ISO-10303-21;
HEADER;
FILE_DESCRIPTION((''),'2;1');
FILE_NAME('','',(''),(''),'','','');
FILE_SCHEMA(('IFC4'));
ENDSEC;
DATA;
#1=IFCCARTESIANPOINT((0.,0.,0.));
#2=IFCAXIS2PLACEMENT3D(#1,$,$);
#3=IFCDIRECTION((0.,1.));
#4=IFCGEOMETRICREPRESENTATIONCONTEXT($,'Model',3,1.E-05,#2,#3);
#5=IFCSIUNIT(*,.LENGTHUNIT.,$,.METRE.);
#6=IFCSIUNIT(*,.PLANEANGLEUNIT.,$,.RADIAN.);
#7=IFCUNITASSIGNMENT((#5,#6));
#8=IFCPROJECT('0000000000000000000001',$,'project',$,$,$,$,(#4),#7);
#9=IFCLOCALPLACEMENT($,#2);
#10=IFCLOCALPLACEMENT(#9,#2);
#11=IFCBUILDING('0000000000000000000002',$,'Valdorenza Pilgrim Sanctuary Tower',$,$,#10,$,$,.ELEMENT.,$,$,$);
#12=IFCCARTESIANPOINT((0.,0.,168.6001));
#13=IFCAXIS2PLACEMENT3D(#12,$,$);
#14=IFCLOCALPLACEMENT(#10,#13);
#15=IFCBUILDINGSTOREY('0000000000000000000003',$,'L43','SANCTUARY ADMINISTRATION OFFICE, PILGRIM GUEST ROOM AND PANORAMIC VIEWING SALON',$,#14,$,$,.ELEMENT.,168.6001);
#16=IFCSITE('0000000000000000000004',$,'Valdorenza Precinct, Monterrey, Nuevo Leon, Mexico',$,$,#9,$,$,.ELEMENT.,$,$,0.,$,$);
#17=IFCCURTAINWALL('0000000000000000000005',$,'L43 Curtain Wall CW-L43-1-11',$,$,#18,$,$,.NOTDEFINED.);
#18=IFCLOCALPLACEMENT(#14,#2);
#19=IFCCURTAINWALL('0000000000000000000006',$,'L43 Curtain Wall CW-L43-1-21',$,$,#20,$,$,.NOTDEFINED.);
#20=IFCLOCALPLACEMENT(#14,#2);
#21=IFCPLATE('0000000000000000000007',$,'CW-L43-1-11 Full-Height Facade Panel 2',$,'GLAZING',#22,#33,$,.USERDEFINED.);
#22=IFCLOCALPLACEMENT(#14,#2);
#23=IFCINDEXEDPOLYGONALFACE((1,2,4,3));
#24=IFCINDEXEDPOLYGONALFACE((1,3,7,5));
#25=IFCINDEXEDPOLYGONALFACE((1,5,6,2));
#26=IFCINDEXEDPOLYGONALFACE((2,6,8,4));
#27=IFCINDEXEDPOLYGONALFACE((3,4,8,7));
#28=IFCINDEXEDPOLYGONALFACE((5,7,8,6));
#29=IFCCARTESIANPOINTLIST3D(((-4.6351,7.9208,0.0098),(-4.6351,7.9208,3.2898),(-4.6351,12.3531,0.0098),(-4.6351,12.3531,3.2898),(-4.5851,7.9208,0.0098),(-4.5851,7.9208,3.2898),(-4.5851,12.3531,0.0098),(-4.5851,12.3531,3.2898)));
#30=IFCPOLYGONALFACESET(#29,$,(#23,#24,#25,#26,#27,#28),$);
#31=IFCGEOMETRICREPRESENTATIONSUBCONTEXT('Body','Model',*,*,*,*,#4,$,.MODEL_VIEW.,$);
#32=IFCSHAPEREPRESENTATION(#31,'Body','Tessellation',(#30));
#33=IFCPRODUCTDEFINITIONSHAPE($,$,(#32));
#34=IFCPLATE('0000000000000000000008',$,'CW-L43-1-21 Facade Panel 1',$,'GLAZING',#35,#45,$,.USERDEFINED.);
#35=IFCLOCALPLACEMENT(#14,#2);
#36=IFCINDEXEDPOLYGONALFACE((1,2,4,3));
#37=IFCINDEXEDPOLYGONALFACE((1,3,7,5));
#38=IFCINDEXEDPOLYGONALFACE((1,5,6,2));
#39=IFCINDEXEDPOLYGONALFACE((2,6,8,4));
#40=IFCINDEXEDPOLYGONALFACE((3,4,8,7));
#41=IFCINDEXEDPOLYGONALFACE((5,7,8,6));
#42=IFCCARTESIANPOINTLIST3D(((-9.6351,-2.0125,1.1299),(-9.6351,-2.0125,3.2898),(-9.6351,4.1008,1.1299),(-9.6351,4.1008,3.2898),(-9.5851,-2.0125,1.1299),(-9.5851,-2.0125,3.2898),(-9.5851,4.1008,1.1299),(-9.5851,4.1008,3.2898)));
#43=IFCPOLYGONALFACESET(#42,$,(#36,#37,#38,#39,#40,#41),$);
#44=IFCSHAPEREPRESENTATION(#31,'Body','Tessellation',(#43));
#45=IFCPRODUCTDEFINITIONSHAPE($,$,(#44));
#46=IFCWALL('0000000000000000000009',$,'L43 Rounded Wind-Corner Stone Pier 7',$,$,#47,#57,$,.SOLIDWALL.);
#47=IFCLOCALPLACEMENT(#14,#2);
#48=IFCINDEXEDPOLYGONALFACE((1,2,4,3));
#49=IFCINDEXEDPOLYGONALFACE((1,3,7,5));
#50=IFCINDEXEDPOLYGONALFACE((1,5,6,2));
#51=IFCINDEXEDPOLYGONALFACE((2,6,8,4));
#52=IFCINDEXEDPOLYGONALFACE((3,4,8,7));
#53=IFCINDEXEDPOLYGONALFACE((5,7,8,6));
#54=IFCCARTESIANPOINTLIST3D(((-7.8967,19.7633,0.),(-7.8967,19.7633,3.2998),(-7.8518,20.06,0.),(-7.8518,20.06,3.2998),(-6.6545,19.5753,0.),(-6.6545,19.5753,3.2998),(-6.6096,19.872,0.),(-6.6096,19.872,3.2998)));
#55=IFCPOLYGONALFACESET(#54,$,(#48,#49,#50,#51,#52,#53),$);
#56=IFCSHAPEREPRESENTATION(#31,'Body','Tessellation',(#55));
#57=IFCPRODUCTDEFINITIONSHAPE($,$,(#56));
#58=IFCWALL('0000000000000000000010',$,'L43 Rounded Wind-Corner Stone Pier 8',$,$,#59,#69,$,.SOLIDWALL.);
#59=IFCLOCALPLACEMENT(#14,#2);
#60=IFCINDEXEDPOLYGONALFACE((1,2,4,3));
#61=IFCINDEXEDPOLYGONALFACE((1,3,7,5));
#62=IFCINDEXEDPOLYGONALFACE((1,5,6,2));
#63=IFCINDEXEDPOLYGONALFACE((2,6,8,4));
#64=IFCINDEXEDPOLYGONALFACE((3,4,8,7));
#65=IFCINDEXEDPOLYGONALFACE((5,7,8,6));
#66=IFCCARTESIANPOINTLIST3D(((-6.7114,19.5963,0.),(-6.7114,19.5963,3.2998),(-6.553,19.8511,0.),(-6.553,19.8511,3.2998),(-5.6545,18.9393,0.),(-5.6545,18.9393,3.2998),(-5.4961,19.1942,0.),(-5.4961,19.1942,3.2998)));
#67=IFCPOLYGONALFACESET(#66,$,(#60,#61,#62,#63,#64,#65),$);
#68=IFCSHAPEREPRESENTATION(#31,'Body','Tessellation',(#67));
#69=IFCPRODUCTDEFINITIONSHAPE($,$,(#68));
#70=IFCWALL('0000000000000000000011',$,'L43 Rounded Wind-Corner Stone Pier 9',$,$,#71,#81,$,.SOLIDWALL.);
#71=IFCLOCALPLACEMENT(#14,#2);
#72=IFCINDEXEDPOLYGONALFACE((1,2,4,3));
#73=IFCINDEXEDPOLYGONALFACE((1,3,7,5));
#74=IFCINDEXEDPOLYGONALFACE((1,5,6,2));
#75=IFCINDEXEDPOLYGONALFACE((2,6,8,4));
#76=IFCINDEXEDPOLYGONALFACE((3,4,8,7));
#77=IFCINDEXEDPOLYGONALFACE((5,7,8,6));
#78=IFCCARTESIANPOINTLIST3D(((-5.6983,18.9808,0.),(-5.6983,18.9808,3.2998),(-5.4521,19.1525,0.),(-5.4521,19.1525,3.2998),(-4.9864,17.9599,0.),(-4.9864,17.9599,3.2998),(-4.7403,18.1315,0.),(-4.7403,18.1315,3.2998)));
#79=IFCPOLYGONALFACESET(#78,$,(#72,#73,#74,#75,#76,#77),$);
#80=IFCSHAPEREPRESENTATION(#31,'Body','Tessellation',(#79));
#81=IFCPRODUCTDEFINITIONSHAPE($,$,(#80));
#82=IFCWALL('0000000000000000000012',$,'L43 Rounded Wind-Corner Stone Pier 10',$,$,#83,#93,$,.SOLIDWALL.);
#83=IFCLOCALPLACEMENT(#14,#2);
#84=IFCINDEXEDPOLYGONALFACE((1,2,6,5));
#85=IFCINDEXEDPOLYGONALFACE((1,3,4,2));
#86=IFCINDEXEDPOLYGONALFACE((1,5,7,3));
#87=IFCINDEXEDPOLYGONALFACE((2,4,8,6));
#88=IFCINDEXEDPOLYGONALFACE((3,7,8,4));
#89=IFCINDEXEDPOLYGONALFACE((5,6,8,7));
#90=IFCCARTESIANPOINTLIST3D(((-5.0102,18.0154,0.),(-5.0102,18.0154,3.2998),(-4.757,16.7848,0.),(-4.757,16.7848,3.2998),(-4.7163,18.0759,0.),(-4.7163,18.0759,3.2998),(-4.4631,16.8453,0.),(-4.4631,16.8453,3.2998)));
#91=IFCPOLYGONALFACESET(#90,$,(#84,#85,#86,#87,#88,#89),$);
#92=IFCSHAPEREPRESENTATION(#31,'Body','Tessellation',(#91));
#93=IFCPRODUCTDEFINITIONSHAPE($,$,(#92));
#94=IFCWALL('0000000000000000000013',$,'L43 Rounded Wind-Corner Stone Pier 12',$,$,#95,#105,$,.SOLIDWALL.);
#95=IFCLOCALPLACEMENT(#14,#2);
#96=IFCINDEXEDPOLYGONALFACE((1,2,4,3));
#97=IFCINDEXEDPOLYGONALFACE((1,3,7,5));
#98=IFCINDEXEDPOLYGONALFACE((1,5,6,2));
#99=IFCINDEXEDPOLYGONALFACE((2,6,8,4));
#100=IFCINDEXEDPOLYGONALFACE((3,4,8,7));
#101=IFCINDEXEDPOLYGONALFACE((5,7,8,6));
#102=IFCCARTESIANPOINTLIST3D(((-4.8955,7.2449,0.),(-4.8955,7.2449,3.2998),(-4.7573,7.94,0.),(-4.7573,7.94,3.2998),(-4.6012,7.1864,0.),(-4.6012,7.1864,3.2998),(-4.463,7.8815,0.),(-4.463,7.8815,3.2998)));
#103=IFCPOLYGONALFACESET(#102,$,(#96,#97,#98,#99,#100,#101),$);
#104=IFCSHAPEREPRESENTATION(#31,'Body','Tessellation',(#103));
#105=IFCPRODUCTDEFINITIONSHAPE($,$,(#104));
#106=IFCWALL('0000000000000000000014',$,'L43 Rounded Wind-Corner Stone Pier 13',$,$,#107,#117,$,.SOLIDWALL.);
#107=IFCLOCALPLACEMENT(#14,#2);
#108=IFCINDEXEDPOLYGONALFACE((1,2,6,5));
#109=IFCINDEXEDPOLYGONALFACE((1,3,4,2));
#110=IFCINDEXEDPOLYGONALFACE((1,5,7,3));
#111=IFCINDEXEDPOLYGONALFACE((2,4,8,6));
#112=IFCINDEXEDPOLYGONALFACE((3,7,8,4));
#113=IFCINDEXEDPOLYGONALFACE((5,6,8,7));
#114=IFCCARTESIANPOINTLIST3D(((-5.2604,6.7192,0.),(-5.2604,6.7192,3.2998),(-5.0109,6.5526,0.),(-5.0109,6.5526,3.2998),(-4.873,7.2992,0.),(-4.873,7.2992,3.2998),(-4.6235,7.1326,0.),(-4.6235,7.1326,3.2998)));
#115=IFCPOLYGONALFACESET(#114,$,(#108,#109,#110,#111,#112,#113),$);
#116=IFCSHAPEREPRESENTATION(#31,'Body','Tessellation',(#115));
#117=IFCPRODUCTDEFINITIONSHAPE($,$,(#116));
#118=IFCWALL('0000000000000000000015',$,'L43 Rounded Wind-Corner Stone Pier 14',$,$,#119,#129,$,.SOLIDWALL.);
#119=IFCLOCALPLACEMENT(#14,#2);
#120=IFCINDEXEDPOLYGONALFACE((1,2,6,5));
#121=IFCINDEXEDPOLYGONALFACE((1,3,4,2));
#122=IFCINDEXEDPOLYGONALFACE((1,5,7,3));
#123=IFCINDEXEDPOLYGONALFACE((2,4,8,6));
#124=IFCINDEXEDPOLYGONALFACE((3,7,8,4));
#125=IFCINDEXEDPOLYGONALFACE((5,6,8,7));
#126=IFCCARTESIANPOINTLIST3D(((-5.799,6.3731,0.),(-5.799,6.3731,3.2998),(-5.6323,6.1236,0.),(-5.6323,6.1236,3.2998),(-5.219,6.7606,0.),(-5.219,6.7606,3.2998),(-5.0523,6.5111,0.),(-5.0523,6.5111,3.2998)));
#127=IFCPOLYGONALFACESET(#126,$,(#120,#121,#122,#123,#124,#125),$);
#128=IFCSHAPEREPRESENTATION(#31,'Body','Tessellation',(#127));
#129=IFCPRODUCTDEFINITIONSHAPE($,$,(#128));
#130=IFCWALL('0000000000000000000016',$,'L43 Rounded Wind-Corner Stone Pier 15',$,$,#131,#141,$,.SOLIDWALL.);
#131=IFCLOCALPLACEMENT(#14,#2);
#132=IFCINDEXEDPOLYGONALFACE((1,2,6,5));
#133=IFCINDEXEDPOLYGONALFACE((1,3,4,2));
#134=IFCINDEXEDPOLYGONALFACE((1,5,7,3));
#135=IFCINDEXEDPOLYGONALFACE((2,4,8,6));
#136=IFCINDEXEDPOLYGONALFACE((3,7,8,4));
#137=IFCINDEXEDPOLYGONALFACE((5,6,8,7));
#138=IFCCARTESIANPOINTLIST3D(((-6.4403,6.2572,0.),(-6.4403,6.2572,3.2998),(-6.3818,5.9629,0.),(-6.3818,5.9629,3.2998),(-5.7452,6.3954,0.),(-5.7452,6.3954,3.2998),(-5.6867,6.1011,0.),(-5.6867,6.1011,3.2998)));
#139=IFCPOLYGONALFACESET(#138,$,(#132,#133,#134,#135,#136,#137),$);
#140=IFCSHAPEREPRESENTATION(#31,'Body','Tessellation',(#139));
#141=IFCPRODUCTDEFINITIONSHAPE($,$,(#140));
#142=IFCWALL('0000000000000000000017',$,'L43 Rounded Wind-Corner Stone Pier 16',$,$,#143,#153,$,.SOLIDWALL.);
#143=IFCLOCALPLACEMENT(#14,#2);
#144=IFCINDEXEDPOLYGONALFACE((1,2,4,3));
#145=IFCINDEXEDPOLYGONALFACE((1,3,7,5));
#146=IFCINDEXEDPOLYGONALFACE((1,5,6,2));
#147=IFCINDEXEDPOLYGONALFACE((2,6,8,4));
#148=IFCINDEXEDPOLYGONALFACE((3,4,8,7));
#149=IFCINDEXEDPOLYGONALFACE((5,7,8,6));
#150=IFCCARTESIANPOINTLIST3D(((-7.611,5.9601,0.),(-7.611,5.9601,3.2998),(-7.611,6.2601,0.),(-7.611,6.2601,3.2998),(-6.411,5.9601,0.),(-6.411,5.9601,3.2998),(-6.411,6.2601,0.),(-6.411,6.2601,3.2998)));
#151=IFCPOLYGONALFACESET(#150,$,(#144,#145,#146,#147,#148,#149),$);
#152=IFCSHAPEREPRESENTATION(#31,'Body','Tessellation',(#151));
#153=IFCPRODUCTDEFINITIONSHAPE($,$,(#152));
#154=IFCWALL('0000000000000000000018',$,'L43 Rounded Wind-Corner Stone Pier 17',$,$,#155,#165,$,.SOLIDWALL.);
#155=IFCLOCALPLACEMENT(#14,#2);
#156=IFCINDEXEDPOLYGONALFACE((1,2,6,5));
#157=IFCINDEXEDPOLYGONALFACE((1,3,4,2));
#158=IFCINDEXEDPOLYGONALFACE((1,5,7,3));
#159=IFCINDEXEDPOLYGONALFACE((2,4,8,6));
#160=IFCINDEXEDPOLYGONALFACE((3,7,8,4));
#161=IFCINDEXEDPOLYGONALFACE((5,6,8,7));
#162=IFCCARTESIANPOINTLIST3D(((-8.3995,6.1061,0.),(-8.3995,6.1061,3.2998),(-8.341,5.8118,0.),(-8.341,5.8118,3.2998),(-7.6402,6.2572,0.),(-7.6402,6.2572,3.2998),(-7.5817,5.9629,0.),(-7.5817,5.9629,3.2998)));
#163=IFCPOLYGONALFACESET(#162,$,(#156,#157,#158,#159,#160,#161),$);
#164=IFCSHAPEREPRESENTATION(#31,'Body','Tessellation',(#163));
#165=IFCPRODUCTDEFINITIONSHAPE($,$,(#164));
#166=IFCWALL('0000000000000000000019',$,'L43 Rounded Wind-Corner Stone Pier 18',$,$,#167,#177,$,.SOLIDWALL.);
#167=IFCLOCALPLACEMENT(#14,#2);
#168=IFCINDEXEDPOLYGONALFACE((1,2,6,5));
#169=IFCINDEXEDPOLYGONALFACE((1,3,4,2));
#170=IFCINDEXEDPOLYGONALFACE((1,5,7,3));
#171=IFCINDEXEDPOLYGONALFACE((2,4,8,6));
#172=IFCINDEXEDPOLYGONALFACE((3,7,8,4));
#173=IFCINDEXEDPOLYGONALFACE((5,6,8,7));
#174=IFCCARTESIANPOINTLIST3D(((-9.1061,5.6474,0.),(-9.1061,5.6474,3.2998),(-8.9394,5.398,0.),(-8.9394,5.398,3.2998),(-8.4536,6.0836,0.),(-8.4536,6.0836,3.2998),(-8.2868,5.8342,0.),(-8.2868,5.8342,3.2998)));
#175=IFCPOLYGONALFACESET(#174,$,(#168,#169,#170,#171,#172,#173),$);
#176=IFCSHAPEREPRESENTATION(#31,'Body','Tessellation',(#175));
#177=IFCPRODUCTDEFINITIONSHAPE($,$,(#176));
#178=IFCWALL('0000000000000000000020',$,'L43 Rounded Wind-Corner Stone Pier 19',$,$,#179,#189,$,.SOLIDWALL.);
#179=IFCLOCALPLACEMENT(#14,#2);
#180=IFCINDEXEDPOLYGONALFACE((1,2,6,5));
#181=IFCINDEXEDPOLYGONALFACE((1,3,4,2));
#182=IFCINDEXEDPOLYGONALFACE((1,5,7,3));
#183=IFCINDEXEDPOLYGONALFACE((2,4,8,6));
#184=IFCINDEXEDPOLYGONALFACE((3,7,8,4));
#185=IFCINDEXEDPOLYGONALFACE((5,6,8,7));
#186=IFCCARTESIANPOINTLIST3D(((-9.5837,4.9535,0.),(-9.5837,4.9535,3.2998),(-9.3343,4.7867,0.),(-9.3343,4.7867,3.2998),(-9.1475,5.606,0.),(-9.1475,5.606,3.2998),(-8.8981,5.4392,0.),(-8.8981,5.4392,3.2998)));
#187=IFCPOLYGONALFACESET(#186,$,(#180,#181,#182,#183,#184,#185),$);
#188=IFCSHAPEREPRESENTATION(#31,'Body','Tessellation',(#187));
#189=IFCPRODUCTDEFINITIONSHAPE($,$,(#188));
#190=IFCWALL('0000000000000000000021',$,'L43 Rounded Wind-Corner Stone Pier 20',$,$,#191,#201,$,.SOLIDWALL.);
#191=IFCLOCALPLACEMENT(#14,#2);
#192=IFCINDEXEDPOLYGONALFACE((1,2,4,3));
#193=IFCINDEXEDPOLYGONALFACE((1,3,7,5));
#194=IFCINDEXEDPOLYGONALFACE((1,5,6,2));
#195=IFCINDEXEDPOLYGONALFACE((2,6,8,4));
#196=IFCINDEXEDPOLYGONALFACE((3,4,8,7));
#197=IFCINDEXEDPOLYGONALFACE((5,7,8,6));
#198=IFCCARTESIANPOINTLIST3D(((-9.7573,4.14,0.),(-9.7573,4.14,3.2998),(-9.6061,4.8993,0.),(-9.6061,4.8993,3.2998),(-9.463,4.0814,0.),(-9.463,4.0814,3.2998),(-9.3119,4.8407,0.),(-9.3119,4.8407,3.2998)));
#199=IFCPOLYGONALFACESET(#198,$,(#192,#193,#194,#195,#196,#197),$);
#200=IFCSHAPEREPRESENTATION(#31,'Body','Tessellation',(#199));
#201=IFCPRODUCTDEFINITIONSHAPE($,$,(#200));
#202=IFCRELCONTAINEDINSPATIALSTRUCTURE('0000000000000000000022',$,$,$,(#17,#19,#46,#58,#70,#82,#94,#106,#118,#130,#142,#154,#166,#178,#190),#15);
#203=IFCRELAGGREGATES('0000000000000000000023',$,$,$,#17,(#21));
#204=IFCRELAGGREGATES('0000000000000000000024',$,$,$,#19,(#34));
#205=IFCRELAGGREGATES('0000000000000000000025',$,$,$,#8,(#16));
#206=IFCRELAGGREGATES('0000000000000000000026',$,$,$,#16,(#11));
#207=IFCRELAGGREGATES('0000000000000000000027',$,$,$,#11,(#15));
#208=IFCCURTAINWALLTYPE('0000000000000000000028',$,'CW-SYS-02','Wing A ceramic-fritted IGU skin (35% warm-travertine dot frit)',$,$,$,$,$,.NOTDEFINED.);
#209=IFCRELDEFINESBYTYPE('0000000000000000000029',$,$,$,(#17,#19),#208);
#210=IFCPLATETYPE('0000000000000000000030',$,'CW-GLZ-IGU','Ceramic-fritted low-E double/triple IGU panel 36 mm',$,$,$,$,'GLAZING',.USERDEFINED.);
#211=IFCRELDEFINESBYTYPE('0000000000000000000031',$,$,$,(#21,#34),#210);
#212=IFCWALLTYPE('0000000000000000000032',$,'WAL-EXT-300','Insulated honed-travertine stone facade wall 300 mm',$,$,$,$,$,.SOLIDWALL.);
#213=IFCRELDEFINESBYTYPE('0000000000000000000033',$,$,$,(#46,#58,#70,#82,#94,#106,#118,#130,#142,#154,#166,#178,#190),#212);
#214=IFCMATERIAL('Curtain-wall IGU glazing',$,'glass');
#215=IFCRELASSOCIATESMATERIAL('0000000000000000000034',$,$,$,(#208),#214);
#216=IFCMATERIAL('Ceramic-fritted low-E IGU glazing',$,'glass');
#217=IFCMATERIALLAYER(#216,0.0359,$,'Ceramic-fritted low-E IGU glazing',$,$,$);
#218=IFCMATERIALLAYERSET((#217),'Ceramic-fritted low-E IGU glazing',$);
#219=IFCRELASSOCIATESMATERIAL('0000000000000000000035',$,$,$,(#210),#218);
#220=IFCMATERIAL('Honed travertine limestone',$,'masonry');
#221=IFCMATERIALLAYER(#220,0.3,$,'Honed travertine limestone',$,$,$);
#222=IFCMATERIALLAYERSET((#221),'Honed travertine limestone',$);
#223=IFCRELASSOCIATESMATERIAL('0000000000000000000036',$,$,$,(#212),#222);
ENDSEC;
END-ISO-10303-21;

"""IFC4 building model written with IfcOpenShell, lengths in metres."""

from ifc_helpers import new_model, si_unit, direction, frame, frame_2d, origin, origin_2d, place, context, subcontext, project, spatial, rectangle, extrude, source, transform, mapped, material, layer, layer_set, type_object, element, aggregate, save


model = new_model("IFC4")

# Units and contexts
model_context = context("Model", 3, precision=1e-05, world=origin(), true_north=direction((0.0, 1.0)))
body_context = subcontext(model_context, "Body", "Model", "MODEL_VIEW")
ifc_project = project(units=[si_unit("LENGTHUNIT", "METRE"), si_unit("PLANEANGLEUNIT", "RADIAN")], contexts=[model_context])

# Site, building, storey
site_placement = place(None, origin())
site = spatial("IfcSite", under=ifc_project, at=site_placement, Name="Valdorenza Precinct, Monterrey, Nuevo Leon, Mexico", CompositionType="ELEMENT", RefElevation=0.0)
building_placement = place(site_placement, origin())
building = spatial("IfcBuilding", under=site, at=building_placement, Name="Valdorenza Pilgrim Sanctuary Tower", CompositionType="ELEMENT")
storey_placement = place(building_placement, frame((0.0, 0.0, 168.6001)))
storey = spatial("IfcBuildingStorey", under=building, at=storey_placement, Name="L43", Description="SANCTUARY ADMINISTRATION OFFICE, PILGRIM GUEST ROOM AND PANORAMIC VIEWING SALON", CompositionType="ELEMENT", Elevation=168.6001)

# Curtain walls
ifc_material_1 = material(Name="Curtain-wall IGU glazing", Category="glass")
curtain_wall_type = type_object("IfcCurtainWallType", Name="CW-SYS-02", Description="Wing A ceramic-fritted IGU skin (35% warm-travertine dot frit)", PredefinedType="NOTDEFINED", material=ifc_material_1)
curtain_wall_1_placement = place(storey_placement, origin())
curtain_wall_1 = element("IfcCurtainWall", 1, at=curtain_wall_1_placement, inside=storey, type_object=curtain_wall_type, Name="L43 Curtain Wall CW-L43-1-11", PredefinedType="NOTDEFINED")
curtain_wall_2_placement = place(storey_placement, origin())
curtain_wall_2 = element("IfcCurtainWall", 2, at=curtain_wall_2_placement, inside=storey, type_object=curtain_wall_type, Name="L43 Curtain Wall CW-L43-1-21", PredefinedType="NOTDEFINED")

# Plates
ifc_material_2 = material(Name="Honed travertine limestone", Category="masonry")
ifc_material_3 = material(Name="Ceramic-fritted low-E IGU glazing", Category="glass")
ifc_layer_1 = layer(ifc_material_3, 0.0359, Name="Ceramic-fritted low-E IGU glazing")
ifc_layer_set_1 = layer_set([ifc_layer_1], Name="Ceramic-fritted low-E IGU glazing")
plate_type_1 = type_object("IfcPlateType", Name="CW-GLZ-IGU", Description="Ceramic-fritted low-E double/triple IGU panel 36 mm", ElementType="GLAZING", PredefinedType="USERDEFINED", material=ifc_layer_set_1)
shared_shape_1 = source(origin(), body_context, "Body", "SweptSolid", [
    extrude(rectangle(XDim=4.4324, YDim=0.05, at=origin_2d()), origin(), (0.0, 0.0, 1.0), 3.28),
])
plate_1_placement = place(storey_placement, frame((-4.6101, 10.137, 0.0098), z_axis=(0.0, 0.0, 1.0), x_axis=(0.0, -1.0, 0.0)))
plate_1 = element("IfcPlate", 3, at=plate_1_placement, type_object=plate_type_1, Name="CW-L43-1-11 Full-Height Facade Panel 2", ObjectType="GLAZING", PredefinedType="USERDEFINED", context=body_context, shape_type="MappedRepresentation", body=[
    mapped(shared_shape_1, transform((0.0, 0.0, 0.0), x_axis=(1.0, 0.0, 0.0), y_axis=(0.0, 1.0, 0.0), z_axis=(0.0, 0.0, 1.0), scale=1.0)),
])
aggregate(curtain_wall_1, [plate_1])
shared_shape_2 = source(origin(), body_context, "Body", "SweptSolid", [
    extrude(rectangle(XDim=6.1133, YDim=0.05, at=origin_2d()), origin(), (0.0, 0.0, 1.0), 2.1599),
])
plate_2_placement = place(storey_placement, frame((-9.6101, 1.0442, 1.1299), z_axis=(0.0, 0.0, 1.0), x_axis=(0.0, -1.0, 0.0)))
plate_2 = element("IfcPlate", 4, at=plate_2_placement, type_object=plate_type_1, Name="CW-L43-1-21 Facade Panel 1", ObjectType="GLAZING", PredefinedType="USERDEFINED", context=body_context, shape_type="MappedRepresentation", body=[
    mapped(shared_shape_2, transform((0.0, 0.0, 0.0), x_axis=(1.0, 0.0, 0.0), y_axis=(0.0, 1.0, 0.0), z_axis=(0.0, 0.0, 1.0), scale=1.0)),
])
aggregate(curtain_wall_2, [plate_2])

# Walls
ifc_layer_2 = layer(ifc_material_2, 0.3, Name="Honed travertine limestone")
ifc_layer_set_2 = layer_set([ifc_layer_2], Name="Honed travertine limestone")
wall_type = type_object("IfcWallType", Name="WAL-EXT-300", Description="Insulated honed-travertine stone facade wall 300 mm", PredefinedType="SOLIDWALL", material=ifc_layer_set_2)
wall_1_placement = place(storey_placement, frame((-7.8743, 19.9116, 0.0), z_axis=(0.0, 0.0, 1.0), x_axis=(0.988742, -0.149633, 0.0)))
element("IfcWall", 5, at=wall_1_placement, inside=storey, type_object=wall_type, Name="L43 Rounded Wind-Corner Stone Pier 7", PredefinedType="SOLIDWALL", context=body_context, shape_type="SweptSolid", body=[
    extrude(rectangle(XDim=1.2563, YDim=0.3, at=frame_2d((0.6282, 0.0))), origin(), (0.0, 0.0, 1.0), 3.2998),
])
wall_2_placement = place(storey_placement, frame((-6.6321, 19.7236, 0.0), z_axis=(0.0, 0.0, 1.0), x_axis=(0.849285, -0.527934, 0.0)))
element("IfcWall", 6, at=wall_2_placement, inside=storey, type_object=wall_type, Name="L43 Rounded Wind-Corner Stone Pier 8", PredefinedType="SOLIDWALL", context=body_context, shape_type="SweptSolid", body=[
    extrude(rectangle(XDim=1.2444, YDim=0.3, at=frame_2d((0.6221, 0.0))), origin(), (0.0, 0.0, 1.0), 3.2998),
])
wall_3_placement = place(storey_placement, frame((-5.5752, 19.0667, 0.0), z_axis=(0.0, 0.0, 1.0), x_axis=(0.571961, -0.820281, 0.0)))
element("IfcWall", 7, at=wall_3_placement, inside=storey, type_object=wall_type, Name="L43 Rounded Wind-Corner Stone Pier 9", PredefinedType="SOLIDWALL", context=body_context, shape_type="SweptSolid", body=[
    extrude(rectangle(XDim=1.2446, YDim=0.3, at=frame_2d((0.6223, 0.0))), origin(), (0.0, 0.0, 1.0), 3.2998),
])
wall_4_placement = place(storey_placement, frame((-4.8633, 18.0457, 0.0), z_axis=(0.0, 0.0, 1.0), x_axis=(0.201532, -0.979482, 0.0)))
element("IfcWall", 8, at=wall_4_placement, inside=storey, type_object=wall_type, Name="L43 Rounded Wind-Corner Stone Pier 10", PredefinedType="SOLIDWALL", context=body_context, shape_type="SweptSolid", body=[
    extrude(rectangle(XDim=1.2563, YDim=0.3, at=frame_2d((0.6282, 0.0))), origin(), (0.0, 0.0, 1.0), 3.2998),
])
wall_5_placement = place(storey_placement, frame((-4.6101, 7.9109, 0.0), z_axis=(0.0, 0.0, 1.0), x_axis=(-0.19499, -0.980805, 0.0)))
element("IfcWall", 9, at=wall_5_placement, inside=storey, type_object=wall_type, Name="L43 Rounded Wind-Corner Stone Pier 12", PredefinedType="SOLIDWALL", context=body_context, shape_type="SweptSolid", body=[
    extrude(rectangle(XDim=0.7087, YDim=0.3, at=frame_2d((0.3545, 0.0))), origin(), (0.0, 0.0, 1.0), 3.2998),
])
for number, where, z_axis, x_axis, name in (
    (10, (-4.7483, 7.2158, 0.0), (0.0, 0.0, 1.0), (-0.555427, -0.831565, 0.0), "L43 Rounded Wind-Corner Stone Pier 13"),
    (11, (-5.1357, 6.6357, 0.0), (0.0, 0.0, 1.0), (-0.831565, -0.555427, 0.0), "L43 Rounded Wind-Corner Stone Pier 14"),
):
    element("IfcWall", number, at=place(storey_placement, frame(where, z_axis=z_axis, x_axis=x_axis)), inside=storey, type_object=wall_type, Name=name, PredefinedType="SOLIDWALL", context=body_context, shape_type="SweptSolid", body=[
        extrude(rectangle(XDim=0.6975, YDim=0.3, at=frame_2d((0.3486, 0.0))), origin(), (0.0, 0.0, 1.0), 3.2998),
    ])
wall_6_placement = place(storey_placement, frame((-5.7158, 6.2483, 0.0), z_axis=(0.0, 0.0, 1.0), x_axis=(-0.980805, -0.19499, 0.0)))
element("IfcWall", 12, at=wall_6_placement, inside=storey, type_object=wall_type, Name="L43 Rounded Wind-Corner Stone Pier 15", PredefinedType="SOLIDWALL", context=body_context, shape_type="SweptSolid", body=[
    extrude(rectangle(XDim=0.7087, YDim=0.3, at=frame_2d((0.3545, 0.0))), origin(), (0.0, 0.0, 1.0), 3.2998),
])
wall_7_placement = place(storey_placement, frame((-6.4109, 6.1101, 0.0), z_axis=(0.0, 0.0, 1.0), x_axis=(-1.0, 0.0, 0.0)))
element("IfcWall", 13, at=wall_7_placement, inside=storey, type_object=wall_type, Name="L43 Rounded Wind-Corner Stone Pier 16", PredefinedType="SOLIDWALL", context=body_context, shape_type="SweptSolid", body=[
    extrude(rectangle(XDim=1.2, YDim=0.3, at=frame_2d((0.6001, 0.0))), origin(), (0.0, 0.0, 1.0), 3.2998),
])
wall_8_placement = place(storey_placement, frame((-7.6108, 6.1101, 0.0), z_axis=(0.0, 0.0, 1.0), x_axis=(-0.980762, -0.195206, 0.0)))
element("IfcWall", 14, at=wall_8_placement, inside=storey, type_object=wall_type, Name="L43 Rounded Wind-Corner Stone Pier 17", PredefinedType="SOLIDWALL", context=body_context, shape_type="SweptSolid", body=[
    extrude(rectangle(XDim=0.7742, YDim=0.3, at=frame_2d((0.3872, 0.0))), origin(), (0.0, 0.0, 1.0), 3.2998),
])
for number, where, z_axis, x_axis, name in (
    (15, (-8.3701, 5.959, 0.0), (0.0, 0.0, 1.0), (-0.831332, -0.555776, 0.0), "L43 Rounded Wind-Corner Stone Pier 18"),
    (16, (-9.0227, 5.5227, 0.0), (0.0, 0.0, 1.0), (-0.555776, -0.831332, 0.0), "L43 Rounded Wind-Corner Stone Pier 19"),
):
    element("IfcWall", number, at=place(storey_placement, frame(where, z_axis=z_axis, x_axis=x_axis)), inside=storey, type_object=wall_type, Name=name, PredefinedType="SOLIDWALL", context=body_context, shape_type="SweptSolid", body=[
        extrude(rectangle(XDim=0.7849, YDim=0.3, at=frame_2d((0.3926, 0.0))), origin(), (0.0, 0.0, 1.0), 3.2998),
    ])
wall_9_placement = place(storey_placement, frame((-9.459, 4.8701, 0.0), z_axis=(0.0, 0.0, 1.0), x_axis=(-0.195206, -0.980762, 0.0)))
element("IfcWall", 17, at=wall_9_placement, inside=storey, type_object=wall_type, Name="L43 Rounded Wind-Corner Stone Pier 20", PredefinedType="SOLIDWALL", context=body_context, shape_type="SweptSolid", body=[
    extrude(rectangle(XDim=0.7742, YDim=0.3, at=frame_2d((0.3872, 0.0))), origin(), (0.0, 0.0, 1.0), 3.2998),
])

save(model, "model.ifc")
